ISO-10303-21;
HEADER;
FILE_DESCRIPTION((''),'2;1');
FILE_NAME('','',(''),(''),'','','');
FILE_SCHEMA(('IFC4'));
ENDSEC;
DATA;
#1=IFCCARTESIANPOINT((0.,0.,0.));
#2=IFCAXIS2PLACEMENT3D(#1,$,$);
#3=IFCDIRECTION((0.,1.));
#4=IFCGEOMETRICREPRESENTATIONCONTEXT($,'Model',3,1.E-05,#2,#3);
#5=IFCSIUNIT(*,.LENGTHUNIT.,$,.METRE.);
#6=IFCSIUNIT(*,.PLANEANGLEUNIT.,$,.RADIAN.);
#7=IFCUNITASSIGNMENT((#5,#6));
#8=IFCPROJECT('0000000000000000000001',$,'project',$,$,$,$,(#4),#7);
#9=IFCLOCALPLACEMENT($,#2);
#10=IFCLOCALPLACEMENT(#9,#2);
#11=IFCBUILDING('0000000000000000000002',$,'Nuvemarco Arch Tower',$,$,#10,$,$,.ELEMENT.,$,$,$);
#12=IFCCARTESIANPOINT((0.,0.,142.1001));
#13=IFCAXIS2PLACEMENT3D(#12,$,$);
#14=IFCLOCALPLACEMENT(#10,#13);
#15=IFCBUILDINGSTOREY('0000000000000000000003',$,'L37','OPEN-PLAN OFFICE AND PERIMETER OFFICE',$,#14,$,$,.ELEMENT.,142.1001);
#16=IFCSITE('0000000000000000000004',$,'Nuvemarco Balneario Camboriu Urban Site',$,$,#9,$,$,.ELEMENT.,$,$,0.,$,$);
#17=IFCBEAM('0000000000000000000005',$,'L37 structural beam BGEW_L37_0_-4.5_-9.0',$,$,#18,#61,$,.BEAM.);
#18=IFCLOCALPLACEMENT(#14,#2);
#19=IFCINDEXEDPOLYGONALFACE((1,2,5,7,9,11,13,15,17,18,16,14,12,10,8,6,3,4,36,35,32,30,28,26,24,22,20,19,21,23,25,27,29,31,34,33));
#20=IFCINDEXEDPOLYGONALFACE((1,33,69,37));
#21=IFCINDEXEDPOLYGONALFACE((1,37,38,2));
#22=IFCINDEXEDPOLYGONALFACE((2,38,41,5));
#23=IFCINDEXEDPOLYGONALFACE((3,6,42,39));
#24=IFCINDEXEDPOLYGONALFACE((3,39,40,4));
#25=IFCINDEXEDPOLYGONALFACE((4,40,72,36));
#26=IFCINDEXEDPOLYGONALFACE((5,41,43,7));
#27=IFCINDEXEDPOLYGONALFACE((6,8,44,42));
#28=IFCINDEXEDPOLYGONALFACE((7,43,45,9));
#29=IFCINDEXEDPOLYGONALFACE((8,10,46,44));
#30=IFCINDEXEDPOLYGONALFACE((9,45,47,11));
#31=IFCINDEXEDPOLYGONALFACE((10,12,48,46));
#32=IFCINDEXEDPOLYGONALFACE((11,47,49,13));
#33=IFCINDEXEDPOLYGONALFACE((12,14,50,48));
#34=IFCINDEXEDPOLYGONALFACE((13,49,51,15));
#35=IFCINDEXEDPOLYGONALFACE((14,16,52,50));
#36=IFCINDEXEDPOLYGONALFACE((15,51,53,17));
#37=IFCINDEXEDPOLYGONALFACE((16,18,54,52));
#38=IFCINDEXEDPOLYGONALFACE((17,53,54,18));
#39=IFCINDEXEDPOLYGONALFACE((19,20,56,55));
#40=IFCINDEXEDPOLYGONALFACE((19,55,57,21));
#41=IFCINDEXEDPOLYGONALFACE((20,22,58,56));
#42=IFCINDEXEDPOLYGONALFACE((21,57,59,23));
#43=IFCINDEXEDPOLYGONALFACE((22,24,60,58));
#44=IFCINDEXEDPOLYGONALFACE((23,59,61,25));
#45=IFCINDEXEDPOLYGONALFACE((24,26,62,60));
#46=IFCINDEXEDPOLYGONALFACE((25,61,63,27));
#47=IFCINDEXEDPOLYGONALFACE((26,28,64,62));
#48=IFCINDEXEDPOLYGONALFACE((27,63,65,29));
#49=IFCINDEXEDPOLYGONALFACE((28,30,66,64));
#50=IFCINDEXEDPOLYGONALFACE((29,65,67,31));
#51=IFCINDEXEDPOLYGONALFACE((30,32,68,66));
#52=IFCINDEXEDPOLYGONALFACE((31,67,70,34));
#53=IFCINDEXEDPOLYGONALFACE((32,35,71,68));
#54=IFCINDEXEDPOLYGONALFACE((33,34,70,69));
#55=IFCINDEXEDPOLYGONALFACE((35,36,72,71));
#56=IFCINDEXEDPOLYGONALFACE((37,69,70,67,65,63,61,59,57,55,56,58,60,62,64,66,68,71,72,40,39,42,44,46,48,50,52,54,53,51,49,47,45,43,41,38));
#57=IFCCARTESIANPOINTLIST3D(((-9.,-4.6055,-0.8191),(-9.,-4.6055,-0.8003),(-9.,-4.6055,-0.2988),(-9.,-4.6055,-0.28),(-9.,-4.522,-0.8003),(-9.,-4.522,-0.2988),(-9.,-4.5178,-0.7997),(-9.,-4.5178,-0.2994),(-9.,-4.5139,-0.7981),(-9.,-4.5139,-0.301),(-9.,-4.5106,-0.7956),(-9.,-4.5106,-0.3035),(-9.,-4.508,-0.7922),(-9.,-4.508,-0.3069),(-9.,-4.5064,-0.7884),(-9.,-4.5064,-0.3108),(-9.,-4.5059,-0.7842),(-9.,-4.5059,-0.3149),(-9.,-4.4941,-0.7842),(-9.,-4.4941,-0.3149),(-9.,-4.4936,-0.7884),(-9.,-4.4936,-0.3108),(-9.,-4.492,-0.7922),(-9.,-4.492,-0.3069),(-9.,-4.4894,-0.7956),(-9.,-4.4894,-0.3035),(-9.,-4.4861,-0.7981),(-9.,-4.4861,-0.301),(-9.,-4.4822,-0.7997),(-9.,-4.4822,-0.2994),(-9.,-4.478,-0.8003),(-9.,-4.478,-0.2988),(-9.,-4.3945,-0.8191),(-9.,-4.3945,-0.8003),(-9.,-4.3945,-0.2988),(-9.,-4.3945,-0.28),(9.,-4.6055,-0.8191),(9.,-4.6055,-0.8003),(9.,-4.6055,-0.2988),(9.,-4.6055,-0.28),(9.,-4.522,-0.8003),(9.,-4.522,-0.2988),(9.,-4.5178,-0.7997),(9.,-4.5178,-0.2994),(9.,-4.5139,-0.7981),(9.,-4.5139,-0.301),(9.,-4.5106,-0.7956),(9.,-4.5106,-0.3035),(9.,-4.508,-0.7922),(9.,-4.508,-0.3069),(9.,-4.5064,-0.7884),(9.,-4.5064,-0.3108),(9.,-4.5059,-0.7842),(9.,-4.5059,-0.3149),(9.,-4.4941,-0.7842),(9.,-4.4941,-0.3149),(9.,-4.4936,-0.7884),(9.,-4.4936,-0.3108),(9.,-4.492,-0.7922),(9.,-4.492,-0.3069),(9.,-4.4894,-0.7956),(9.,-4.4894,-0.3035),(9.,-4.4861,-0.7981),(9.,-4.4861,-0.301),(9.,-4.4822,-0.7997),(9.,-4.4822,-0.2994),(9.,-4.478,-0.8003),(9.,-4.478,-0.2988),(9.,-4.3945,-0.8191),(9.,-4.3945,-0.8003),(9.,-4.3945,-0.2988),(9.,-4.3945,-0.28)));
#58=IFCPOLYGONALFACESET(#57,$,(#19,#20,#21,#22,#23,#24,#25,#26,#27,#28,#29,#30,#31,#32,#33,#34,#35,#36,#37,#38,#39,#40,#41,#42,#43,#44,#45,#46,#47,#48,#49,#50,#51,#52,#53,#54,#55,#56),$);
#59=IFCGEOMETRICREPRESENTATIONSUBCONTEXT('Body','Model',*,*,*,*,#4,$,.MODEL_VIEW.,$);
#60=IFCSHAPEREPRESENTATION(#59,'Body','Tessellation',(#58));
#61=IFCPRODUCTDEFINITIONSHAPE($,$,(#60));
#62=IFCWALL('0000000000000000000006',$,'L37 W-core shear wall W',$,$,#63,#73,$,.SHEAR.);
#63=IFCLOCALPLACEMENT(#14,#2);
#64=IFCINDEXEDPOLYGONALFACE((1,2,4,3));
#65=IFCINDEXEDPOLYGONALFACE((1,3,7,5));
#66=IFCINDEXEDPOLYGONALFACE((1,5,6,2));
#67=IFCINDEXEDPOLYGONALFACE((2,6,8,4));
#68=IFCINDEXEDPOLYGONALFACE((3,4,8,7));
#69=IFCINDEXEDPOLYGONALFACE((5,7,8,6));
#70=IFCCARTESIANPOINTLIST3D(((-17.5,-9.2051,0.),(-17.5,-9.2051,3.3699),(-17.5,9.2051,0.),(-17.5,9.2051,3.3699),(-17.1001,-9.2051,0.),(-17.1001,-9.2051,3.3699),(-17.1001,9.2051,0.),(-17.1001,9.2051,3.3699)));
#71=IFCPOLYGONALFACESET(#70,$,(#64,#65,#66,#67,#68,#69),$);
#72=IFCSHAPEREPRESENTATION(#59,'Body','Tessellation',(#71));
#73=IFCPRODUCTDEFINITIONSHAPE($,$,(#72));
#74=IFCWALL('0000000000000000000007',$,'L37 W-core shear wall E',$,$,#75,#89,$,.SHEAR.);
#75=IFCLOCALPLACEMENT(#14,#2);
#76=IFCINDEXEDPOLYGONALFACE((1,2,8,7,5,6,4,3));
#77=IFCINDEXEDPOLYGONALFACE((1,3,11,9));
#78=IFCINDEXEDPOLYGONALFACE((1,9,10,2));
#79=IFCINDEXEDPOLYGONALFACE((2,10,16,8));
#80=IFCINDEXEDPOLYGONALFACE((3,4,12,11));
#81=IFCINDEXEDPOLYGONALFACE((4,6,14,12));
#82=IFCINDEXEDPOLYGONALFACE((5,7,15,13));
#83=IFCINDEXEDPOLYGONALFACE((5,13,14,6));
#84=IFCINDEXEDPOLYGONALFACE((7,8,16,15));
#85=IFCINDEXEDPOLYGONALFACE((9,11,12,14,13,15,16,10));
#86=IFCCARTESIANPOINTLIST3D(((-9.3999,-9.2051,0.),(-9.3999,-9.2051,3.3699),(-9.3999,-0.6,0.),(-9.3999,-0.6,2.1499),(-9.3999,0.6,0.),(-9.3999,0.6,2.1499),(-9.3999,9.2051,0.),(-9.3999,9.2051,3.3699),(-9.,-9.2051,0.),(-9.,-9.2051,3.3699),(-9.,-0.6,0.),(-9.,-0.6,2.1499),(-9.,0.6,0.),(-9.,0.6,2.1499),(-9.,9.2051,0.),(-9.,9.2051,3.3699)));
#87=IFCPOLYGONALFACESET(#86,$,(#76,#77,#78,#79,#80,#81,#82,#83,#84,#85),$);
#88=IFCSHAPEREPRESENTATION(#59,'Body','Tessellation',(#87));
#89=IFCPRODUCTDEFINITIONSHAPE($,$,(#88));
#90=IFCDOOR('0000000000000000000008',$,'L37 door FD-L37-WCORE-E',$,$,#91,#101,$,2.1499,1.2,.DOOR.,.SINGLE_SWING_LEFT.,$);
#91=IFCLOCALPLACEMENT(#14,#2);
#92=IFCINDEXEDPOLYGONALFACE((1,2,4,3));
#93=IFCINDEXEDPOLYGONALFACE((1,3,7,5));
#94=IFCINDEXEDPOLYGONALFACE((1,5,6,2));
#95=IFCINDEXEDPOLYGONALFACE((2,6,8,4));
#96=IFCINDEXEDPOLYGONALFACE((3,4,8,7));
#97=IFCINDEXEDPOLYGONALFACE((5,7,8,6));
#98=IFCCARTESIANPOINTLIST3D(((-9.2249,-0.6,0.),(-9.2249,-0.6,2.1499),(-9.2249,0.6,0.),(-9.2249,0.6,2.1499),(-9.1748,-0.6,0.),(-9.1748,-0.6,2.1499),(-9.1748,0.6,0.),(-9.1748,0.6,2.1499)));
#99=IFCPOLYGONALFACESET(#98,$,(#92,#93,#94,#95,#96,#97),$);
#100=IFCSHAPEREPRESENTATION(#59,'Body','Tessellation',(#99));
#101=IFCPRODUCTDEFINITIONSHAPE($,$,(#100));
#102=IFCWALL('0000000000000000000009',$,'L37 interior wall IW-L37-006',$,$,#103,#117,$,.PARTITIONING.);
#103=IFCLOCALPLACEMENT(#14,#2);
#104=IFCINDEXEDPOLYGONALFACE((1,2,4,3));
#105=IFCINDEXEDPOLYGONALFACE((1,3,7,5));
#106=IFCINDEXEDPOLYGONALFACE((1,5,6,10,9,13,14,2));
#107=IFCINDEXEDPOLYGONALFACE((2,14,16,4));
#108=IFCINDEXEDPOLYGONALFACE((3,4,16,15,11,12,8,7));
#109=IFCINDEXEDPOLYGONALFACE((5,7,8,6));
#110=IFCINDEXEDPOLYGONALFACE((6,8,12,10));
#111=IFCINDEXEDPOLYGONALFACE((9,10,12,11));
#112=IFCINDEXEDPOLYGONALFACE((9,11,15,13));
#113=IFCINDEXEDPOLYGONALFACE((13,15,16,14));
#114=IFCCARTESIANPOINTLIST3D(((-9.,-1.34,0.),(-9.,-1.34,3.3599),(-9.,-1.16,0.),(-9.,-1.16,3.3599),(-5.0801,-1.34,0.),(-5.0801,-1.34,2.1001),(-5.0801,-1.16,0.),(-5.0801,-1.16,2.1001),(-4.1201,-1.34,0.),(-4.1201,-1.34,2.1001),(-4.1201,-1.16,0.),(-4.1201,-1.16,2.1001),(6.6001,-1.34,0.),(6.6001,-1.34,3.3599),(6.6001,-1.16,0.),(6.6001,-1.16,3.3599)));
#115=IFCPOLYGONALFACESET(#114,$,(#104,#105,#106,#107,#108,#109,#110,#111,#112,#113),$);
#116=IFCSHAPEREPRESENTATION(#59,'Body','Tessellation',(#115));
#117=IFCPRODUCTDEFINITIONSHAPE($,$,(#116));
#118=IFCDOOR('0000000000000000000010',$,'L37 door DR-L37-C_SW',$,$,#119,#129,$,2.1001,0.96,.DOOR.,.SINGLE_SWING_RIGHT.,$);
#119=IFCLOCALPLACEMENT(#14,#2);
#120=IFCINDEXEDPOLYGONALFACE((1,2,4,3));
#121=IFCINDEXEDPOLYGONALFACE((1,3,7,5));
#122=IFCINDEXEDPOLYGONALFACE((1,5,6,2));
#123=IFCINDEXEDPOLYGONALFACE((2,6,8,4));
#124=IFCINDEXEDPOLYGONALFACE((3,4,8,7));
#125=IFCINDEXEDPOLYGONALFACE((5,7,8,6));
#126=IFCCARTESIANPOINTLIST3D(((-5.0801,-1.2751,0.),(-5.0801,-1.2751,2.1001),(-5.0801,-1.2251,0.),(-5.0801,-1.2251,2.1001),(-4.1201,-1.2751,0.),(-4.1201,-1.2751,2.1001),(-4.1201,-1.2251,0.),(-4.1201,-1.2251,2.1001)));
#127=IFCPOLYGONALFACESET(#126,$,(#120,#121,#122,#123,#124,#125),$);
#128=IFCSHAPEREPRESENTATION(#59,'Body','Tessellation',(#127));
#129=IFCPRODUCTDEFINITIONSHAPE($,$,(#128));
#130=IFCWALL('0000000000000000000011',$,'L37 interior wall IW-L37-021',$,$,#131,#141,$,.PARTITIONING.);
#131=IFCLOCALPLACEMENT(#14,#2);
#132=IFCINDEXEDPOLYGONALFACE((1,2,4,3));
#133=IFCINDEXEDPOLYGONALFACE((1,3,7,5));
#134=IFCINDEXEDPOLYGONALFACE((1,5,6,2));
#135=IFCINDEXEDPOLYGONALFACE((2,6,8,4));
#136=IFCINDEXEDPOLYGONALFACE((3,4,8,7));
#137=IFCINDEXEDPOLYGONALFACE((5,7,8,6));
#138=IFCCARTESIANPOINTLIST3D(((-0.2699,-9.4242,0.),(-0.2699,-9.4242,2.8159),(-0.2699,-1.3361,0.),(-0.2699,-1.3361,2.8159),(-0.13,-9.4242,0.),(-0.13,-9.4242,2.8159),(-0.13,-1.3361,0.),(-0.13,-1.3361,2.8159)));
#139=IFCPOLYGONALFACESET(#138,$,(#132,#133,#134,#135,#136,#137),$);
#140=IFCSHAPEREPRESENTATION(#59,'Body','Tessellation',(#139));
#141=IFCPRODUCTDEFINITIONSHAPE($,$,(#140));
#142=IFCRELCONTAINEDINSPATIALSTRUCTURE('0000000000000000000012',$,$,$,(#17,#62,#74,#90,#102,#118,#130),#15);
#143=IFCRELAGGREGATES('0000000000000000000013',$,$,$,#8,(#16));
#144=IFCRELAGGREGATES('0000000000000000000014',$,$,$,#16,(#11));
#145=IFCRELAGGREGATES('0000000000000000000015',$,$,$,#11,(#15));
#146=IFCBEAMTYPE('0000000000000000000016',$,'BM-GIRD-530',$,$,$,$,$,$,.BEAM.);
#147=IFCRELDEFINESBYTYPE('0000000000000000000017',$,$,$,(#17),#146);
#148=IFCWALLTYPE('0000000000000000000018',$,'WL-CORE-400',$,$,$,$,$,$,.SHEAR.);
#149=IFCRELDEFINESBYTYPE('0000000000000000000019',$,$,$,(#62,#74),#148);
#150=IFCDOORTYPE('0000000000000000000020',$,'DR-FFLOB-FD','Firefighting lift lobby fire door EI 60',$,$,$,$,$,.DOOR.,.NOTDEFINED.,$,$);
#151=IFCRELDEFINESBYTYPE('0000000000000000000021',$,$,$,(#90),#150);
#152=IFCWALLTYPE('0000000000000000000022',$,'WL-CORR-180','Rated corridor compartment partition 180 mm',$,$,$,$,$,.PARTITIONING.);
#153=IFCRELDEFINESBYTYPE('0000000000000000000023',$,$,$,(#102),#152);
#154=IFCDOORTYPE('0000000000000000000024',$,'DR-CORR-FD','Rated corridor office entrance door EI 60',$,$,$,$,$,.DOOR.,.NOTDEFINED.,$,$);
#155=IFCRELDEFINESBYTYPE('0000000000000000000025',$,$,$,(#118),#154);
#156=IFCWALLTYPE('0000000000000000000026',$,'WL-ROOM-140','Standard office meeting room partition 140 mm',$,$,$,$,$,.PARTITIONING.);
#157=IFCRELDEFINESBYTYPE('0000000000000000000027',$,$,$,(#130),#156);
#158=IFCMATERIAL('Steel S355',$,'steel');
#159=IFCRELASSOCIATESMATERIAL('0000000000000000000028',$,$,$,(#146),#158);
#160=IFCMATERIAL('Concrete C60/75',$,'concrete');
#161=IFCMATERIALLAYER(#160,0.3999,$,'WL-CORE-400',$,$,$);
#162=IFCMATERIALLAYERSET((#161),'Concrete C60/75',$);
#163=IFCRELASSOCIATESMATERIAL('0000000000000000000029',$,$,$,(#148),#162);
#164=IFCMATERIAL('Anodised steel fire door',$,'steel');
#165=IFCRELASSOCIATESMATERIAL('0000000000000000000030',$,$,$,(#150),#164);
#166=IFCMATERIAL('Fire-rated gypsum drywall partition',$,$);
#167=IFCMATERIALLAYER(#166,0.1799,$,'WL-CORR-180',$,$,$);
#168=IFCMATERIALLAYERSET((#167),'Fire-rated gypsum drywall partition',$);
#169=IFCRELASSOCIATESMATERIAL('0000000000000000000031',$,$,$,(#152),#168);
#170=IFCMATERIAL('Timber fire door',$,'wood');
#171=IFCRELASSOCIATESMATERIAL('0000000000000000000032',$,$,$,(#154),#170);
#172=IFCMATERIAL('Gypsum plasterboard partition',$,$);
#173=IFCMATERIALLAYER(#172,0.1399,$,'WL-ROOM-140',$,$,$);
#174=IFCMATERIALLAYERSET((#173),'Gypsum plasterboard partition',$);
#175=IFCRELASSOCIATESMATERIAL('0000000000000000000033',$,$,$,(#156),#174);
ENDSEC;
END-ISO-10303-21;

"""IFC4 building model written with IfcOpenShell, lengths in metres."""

from ifc_helpers import new_model, si_unit, direction, frame, frame_2d, origin, origin_2d, place, context, subcontext, project, spatial, rectangle, i_section, extrude, source, transform, mapped, material, layer, layer_set, material_profile, profile_set, type_object, type_shapes, element, fill, save


model = new_model("IFC4")

# Units and contexts
model_context = context("Model", 3, precision=1e-05, world=origin(), true_north=direction((0.0, 1.0)))
body_context = subcontext(model_context, "Body", "Model", "MODEL_VIEW")
ifc_project = project(units=[si_unit("LENGTHUNIT", "METRE"), si_unit("PLANEANGLEUNIT", "RADIAN")], contexts=[model_context])

# Site, building, storey
site_placement = place(None, origin())
site = spatial("IfcSite", under=ifc_project, at=site_placement, Name="Nuvemarco Balneario Camboriu Urban Site", CompositionType="ELEMENT", RefElevation=0.0)
building_placement = place(site_placement, origin())
building = spatial("IfcBuilding", under=site, at=building_placement, Name="Nuvemarco Arch Tower", CompositionType="ELEMENT")
storey_placement = place(building_placement, frame((0.0, 0.0, 142.1001)))
storey = spatial("IfcBuildingStorey", under=building, at=storey_placement, Name="L37", Description="OPEN-PLAN OFFICE AND PERIMETER OFFICE", CompositionType="ELEMENT", Elevation=142.1001)

# Shared definitions
ifc_material_1 = material(Name="Steel S355", Category="steel")

# Beam
ifc_material_2 = material(Name="Concrete C60/75", Category="concrete")
ifc_material_profile_1 = material_profile(ifc_material_1, i_section(OverallWidth=0.2109, OverallDepth=0.5391, WebThickness=0.0117, FlangeThickness=0.0188, FilletRadius=0.0161, at=origin_2d()), Name="W530x109")
ifc_profile_set_1 = profile_set([ifc_material_profile_1], Name="Steel S355")
beam_type_1 = type_object("IfcBeamType", Name="BM-GIRD-530", PredefinedType="BEAM", material=ifc_profile_set_1)
beam_1_placement = place(storey_placement, frame((-9.0, -4.5, -0.5496), z_axis=(1.0, 0.0, 0.0), x_axis=(0.0, 1.0, 0.0)))
element("IfcBeam", 1, at=beam_1_placement, inside=storey, type_object=beam_type_1, Name="L37 structural beam BGEW_L37_0_-4.5_-9.0", PredefinedType="BEAM", context=body_context, shape_type="SweptSolid", body=[
    extrude(i_section(OverallWidth=0.2109, OverallDepth=0.5391, WebThickness=0.0117, FlangeThickness=0.0188, FilletRadius=0.0161, at=origin_2d()), origin(), (0.0, 0.0, 1.0), 18.0),
])

# Wall
ifc_layer_1 = layer(ifc_material_2, 0.3999, Name="WL-CORE-400")
ifc_layer_set_1 = layer_set([ifc_layer_1], Name="Concrete C60/75")
wall_type_1 = type_object("IfcWallType", Name="WL-CORE-400", PredefinedType="SHEAR", material=ifc_layer_set_1)
wall_1_placement = place(storey_placement, frame((-17.3, -9.2051, 0.0), z_axis=(0.0, 0.0, 1.0), x_axis=(0.0, 1.0, 0.0)))
element("IfcWall", 2, at=wall_1_placement, inside=storey, type_object=wall_type_1, Name="L37 W-core shear wall W", PredefinedType="SHEAR", context=body_context, shape_type="SweptSolid", body=[
    extrude(rectangle(XDim=18.4102, YDim=0.3999, at=frame_2d((9.2051, 0.0))), origin(), (0.0, 0.0, 1.0), 3.3699),
])

# Walls, openings, doors
wall_2_placement = place(storey_placement, frame((-9.2, -9.2051, 0.0), z_axis=(0.0, 0.0, 1.0), x_axis=(0.0, 1.0, 0.0)))
wall_2 = element("IfcWall", 3, at=wall_2_placement, inside=storey, type_object=wall_type_1, Name="L37 W-core shear wall E", PredefinedType="SHEAR", context=body_context, shape_type="SweptSolid", body=[
    extrude(rectangle(XDim=18.4102, YDim=0.3999, at=frame_2d((9.2051, 0.0))), origin(), (0.0, 0.0, 1.0), 3.3699),
])
opening_1_placement = place(wall_2_placement, frame((8.605, 0.0, 0.0)))
opening_1 = element("IfcOpeningElement", 4, at=opening_1_placement, cuts=wall_2, PredefinedType="OPENING", context=body_context, shape_type="SweptSolid", body=[
    extrude(rectangle(XDim=1.2, YDim=2.1499, at=frame_2d((0.6001, 1.075))), frame((0.0, 0.21, 0.0), z_axis=(0.0, -1.0, 0.0), x_axis=(1.0, 0.0, 0.0)), (0.0, 0.0, 1.0), 0.4199),
])
ifc_material_3 = material(Name="Anodised steel fire door", Category="steel")
door_type_1 = type_object("IfcDoorType", Name="DR-FFLOB-FD", Description="Firefighting lift lobby fire door EI 60", OperationType="NOTDEFINED", PredefinedType="DOOR", material=ifc_material_3)
shared_shape_1 = source(origin(), body_context, "Body", "SweptSolid", [
    extrude(rectangle(XDim=1.2, YDim=2.1499, at=frame_2d((0.6001, 1.075))), frame((0.0, 0.0249, 0.0), z_axis=(0.0, -1.0, 0.0), x_axis=(1.0, 0.0, 0.0)), (0.0, 0.0, 1.0), 0.05),
])
type_shapes(door_type_1, [shared_shape_1])
door_1_placement = place(opening_1_placement, origin())
door_1 = element("IfcDoor", 5, at=door_1_placement, inside=storey, type_object=door_type_1, Name="L37 door FD-L37-WCORE-E", OperationType="SINGLE_SWING_LEFT", OverallHeight=2.1499, OverallWidth=1.2, PredefinedType="DOOR", context=body_context, shape_type="MappedRepresentation", body=[
    mapped(shared_shape_1, transform((0.0, 0.0, 0.0), scale=1.0)),
])
fill(opening_1, door_1)
ifc_material_4 = material(Name="Fire-rated gypsum drywall partition")
ifc_layer_2 = layer(ifc_material_4, 0.1799, Name="WL-CORR-180")
ifc_layer_set_2 = layer_set([ifc_layer_2], Name="Fire-rated gypsum drywall partition")
wall_type_2 = type_object("IfcWallType", Name="WL-CORR-180", Description="Rated corridor compartment partition 180 mm", PredefinedType="PARTITIONING", material=ifc_layer_set_2)
wall_3_placement = place(storey_placement, frame((-9.0, -1.25, 0.0), z_axis=(0.0, 0.0, 1.0), x_axis=(1.0, 0.0, 0.0)))
wall_3 = element("IfcWall", 6, at=wall_3_placement, inside=storey, type_object=wall_type_2, Name="L37 interior wall IW-L37-006", PredefinedType="PARTITIONING", context=body_context, shape_type="SweptSolid", body=[
    extrude(rectangle(XDim=15.6001, YDim=0.1799, at=frame_2d((7.8, 0.0))), origin(), (0.0, 0.0, 1.0), 3.3599),
])
opening_2_placement = place(wall_3_placement, frame((3.9199, 0.0, 0.0)))
opening_2 = element("IfcOpeningElement", 7, at=opening_2_placement, cuts=wall_3, PredefinedType="OPENING", context=body_context, shape_type="SweptSolid", body=[
    extrude(rectangle(XDim=0.96, YDim=2.1001, at=frame_2d((0.48, 1.05))), frame((0.0, 0.0999, 0.0), z_axis=(0.0, -1.0, 0.0), x_axis=(1.0, 0.0, 0.0)), (0.0, 0.0, 1.0), 0.2),
])
ifc_material_5 = material(Name="Timber fire door", Category="wood")
door_type_2 = type_object("IfcDoorType", Name="DR-CORR-FD", Description="Rated corridor office entrance door EI 60", OperationType="NOTDEFINED", PredefinedType="DOOR", material=ifc_material_5)
shared_shape_2 = source(origin(), body_context, "Body", "SweptSolid", [
    extrude(rectangle(XDim=0.96, YDim=2.1001, at=frame_2d((0.48, 1.05))), frame((0.0, 0.0249, 0.0), z_axis=(0.0, -1.0, 0.0), x_axis=(1.0, 0.0, 0.0)), (0.0, 0.0, 1.0), 0.05),
])
type_shapes(door_type_2, [shared_shape_2])
door_2_placement = place(opening_2_placement, origin())
door_2 = element("IfcDoor", 8, at=door_2_placement, inside=storey, type_object=door_type_2, Name="L37 door DR-L37-C_SW", OperationType="SINGLE_SWING_RIGHT", OverallHeight=2.1001, OverallWidth=0.96, PredefinedType="DOOR", context=body_context, shape_type="MappedRepresentation", body=[
    mapped(shared_shape_2, transform((0.0, 0.0, 0.0), scale=1.0)),
])
fill(opening_2, door_2)

# Wall
ifc_material_6 = material(Name="Gypsum plasterboard partition")
ifc_layer_3 = layer(ifc_material_6, 0.1399, Name="WL-ROOM-140")
ifc_layer_set_3 = layer_set([ifc_layer_3], Name="Gypsum plasterboard partition")
wall_type_3 = type_object("IfcWallType", Name="WL-ROOM-140", Description="Standard office meeting room partition 140 mm", PredefinedType="PARTITIONING", material=ifc_layer_set_3)
wall_4_placement = place(storey_placement, frame((-0.2, -9.4241, 0.0), z_axis=(0.0, 0.0, 1.0), x_axis=(0.0, 1.0, 0.0)))
element("IfcWall", 9, at=wall_4_placement, inside=storey, type_object=wall_type_3, Name="L37 interior wall IW-L37-021", PredefinedType="PARTITIONING", context=body_context, shape_type="SweptSolid", body=[
    extrude(rectangle(XDim=8.0881, YDim=0.1399, at=frame_2d((4.0439, 0.0))), origin(), (0.0, 0.0, 1.0), 2.8159),
])

save(model, "model.ifc")
